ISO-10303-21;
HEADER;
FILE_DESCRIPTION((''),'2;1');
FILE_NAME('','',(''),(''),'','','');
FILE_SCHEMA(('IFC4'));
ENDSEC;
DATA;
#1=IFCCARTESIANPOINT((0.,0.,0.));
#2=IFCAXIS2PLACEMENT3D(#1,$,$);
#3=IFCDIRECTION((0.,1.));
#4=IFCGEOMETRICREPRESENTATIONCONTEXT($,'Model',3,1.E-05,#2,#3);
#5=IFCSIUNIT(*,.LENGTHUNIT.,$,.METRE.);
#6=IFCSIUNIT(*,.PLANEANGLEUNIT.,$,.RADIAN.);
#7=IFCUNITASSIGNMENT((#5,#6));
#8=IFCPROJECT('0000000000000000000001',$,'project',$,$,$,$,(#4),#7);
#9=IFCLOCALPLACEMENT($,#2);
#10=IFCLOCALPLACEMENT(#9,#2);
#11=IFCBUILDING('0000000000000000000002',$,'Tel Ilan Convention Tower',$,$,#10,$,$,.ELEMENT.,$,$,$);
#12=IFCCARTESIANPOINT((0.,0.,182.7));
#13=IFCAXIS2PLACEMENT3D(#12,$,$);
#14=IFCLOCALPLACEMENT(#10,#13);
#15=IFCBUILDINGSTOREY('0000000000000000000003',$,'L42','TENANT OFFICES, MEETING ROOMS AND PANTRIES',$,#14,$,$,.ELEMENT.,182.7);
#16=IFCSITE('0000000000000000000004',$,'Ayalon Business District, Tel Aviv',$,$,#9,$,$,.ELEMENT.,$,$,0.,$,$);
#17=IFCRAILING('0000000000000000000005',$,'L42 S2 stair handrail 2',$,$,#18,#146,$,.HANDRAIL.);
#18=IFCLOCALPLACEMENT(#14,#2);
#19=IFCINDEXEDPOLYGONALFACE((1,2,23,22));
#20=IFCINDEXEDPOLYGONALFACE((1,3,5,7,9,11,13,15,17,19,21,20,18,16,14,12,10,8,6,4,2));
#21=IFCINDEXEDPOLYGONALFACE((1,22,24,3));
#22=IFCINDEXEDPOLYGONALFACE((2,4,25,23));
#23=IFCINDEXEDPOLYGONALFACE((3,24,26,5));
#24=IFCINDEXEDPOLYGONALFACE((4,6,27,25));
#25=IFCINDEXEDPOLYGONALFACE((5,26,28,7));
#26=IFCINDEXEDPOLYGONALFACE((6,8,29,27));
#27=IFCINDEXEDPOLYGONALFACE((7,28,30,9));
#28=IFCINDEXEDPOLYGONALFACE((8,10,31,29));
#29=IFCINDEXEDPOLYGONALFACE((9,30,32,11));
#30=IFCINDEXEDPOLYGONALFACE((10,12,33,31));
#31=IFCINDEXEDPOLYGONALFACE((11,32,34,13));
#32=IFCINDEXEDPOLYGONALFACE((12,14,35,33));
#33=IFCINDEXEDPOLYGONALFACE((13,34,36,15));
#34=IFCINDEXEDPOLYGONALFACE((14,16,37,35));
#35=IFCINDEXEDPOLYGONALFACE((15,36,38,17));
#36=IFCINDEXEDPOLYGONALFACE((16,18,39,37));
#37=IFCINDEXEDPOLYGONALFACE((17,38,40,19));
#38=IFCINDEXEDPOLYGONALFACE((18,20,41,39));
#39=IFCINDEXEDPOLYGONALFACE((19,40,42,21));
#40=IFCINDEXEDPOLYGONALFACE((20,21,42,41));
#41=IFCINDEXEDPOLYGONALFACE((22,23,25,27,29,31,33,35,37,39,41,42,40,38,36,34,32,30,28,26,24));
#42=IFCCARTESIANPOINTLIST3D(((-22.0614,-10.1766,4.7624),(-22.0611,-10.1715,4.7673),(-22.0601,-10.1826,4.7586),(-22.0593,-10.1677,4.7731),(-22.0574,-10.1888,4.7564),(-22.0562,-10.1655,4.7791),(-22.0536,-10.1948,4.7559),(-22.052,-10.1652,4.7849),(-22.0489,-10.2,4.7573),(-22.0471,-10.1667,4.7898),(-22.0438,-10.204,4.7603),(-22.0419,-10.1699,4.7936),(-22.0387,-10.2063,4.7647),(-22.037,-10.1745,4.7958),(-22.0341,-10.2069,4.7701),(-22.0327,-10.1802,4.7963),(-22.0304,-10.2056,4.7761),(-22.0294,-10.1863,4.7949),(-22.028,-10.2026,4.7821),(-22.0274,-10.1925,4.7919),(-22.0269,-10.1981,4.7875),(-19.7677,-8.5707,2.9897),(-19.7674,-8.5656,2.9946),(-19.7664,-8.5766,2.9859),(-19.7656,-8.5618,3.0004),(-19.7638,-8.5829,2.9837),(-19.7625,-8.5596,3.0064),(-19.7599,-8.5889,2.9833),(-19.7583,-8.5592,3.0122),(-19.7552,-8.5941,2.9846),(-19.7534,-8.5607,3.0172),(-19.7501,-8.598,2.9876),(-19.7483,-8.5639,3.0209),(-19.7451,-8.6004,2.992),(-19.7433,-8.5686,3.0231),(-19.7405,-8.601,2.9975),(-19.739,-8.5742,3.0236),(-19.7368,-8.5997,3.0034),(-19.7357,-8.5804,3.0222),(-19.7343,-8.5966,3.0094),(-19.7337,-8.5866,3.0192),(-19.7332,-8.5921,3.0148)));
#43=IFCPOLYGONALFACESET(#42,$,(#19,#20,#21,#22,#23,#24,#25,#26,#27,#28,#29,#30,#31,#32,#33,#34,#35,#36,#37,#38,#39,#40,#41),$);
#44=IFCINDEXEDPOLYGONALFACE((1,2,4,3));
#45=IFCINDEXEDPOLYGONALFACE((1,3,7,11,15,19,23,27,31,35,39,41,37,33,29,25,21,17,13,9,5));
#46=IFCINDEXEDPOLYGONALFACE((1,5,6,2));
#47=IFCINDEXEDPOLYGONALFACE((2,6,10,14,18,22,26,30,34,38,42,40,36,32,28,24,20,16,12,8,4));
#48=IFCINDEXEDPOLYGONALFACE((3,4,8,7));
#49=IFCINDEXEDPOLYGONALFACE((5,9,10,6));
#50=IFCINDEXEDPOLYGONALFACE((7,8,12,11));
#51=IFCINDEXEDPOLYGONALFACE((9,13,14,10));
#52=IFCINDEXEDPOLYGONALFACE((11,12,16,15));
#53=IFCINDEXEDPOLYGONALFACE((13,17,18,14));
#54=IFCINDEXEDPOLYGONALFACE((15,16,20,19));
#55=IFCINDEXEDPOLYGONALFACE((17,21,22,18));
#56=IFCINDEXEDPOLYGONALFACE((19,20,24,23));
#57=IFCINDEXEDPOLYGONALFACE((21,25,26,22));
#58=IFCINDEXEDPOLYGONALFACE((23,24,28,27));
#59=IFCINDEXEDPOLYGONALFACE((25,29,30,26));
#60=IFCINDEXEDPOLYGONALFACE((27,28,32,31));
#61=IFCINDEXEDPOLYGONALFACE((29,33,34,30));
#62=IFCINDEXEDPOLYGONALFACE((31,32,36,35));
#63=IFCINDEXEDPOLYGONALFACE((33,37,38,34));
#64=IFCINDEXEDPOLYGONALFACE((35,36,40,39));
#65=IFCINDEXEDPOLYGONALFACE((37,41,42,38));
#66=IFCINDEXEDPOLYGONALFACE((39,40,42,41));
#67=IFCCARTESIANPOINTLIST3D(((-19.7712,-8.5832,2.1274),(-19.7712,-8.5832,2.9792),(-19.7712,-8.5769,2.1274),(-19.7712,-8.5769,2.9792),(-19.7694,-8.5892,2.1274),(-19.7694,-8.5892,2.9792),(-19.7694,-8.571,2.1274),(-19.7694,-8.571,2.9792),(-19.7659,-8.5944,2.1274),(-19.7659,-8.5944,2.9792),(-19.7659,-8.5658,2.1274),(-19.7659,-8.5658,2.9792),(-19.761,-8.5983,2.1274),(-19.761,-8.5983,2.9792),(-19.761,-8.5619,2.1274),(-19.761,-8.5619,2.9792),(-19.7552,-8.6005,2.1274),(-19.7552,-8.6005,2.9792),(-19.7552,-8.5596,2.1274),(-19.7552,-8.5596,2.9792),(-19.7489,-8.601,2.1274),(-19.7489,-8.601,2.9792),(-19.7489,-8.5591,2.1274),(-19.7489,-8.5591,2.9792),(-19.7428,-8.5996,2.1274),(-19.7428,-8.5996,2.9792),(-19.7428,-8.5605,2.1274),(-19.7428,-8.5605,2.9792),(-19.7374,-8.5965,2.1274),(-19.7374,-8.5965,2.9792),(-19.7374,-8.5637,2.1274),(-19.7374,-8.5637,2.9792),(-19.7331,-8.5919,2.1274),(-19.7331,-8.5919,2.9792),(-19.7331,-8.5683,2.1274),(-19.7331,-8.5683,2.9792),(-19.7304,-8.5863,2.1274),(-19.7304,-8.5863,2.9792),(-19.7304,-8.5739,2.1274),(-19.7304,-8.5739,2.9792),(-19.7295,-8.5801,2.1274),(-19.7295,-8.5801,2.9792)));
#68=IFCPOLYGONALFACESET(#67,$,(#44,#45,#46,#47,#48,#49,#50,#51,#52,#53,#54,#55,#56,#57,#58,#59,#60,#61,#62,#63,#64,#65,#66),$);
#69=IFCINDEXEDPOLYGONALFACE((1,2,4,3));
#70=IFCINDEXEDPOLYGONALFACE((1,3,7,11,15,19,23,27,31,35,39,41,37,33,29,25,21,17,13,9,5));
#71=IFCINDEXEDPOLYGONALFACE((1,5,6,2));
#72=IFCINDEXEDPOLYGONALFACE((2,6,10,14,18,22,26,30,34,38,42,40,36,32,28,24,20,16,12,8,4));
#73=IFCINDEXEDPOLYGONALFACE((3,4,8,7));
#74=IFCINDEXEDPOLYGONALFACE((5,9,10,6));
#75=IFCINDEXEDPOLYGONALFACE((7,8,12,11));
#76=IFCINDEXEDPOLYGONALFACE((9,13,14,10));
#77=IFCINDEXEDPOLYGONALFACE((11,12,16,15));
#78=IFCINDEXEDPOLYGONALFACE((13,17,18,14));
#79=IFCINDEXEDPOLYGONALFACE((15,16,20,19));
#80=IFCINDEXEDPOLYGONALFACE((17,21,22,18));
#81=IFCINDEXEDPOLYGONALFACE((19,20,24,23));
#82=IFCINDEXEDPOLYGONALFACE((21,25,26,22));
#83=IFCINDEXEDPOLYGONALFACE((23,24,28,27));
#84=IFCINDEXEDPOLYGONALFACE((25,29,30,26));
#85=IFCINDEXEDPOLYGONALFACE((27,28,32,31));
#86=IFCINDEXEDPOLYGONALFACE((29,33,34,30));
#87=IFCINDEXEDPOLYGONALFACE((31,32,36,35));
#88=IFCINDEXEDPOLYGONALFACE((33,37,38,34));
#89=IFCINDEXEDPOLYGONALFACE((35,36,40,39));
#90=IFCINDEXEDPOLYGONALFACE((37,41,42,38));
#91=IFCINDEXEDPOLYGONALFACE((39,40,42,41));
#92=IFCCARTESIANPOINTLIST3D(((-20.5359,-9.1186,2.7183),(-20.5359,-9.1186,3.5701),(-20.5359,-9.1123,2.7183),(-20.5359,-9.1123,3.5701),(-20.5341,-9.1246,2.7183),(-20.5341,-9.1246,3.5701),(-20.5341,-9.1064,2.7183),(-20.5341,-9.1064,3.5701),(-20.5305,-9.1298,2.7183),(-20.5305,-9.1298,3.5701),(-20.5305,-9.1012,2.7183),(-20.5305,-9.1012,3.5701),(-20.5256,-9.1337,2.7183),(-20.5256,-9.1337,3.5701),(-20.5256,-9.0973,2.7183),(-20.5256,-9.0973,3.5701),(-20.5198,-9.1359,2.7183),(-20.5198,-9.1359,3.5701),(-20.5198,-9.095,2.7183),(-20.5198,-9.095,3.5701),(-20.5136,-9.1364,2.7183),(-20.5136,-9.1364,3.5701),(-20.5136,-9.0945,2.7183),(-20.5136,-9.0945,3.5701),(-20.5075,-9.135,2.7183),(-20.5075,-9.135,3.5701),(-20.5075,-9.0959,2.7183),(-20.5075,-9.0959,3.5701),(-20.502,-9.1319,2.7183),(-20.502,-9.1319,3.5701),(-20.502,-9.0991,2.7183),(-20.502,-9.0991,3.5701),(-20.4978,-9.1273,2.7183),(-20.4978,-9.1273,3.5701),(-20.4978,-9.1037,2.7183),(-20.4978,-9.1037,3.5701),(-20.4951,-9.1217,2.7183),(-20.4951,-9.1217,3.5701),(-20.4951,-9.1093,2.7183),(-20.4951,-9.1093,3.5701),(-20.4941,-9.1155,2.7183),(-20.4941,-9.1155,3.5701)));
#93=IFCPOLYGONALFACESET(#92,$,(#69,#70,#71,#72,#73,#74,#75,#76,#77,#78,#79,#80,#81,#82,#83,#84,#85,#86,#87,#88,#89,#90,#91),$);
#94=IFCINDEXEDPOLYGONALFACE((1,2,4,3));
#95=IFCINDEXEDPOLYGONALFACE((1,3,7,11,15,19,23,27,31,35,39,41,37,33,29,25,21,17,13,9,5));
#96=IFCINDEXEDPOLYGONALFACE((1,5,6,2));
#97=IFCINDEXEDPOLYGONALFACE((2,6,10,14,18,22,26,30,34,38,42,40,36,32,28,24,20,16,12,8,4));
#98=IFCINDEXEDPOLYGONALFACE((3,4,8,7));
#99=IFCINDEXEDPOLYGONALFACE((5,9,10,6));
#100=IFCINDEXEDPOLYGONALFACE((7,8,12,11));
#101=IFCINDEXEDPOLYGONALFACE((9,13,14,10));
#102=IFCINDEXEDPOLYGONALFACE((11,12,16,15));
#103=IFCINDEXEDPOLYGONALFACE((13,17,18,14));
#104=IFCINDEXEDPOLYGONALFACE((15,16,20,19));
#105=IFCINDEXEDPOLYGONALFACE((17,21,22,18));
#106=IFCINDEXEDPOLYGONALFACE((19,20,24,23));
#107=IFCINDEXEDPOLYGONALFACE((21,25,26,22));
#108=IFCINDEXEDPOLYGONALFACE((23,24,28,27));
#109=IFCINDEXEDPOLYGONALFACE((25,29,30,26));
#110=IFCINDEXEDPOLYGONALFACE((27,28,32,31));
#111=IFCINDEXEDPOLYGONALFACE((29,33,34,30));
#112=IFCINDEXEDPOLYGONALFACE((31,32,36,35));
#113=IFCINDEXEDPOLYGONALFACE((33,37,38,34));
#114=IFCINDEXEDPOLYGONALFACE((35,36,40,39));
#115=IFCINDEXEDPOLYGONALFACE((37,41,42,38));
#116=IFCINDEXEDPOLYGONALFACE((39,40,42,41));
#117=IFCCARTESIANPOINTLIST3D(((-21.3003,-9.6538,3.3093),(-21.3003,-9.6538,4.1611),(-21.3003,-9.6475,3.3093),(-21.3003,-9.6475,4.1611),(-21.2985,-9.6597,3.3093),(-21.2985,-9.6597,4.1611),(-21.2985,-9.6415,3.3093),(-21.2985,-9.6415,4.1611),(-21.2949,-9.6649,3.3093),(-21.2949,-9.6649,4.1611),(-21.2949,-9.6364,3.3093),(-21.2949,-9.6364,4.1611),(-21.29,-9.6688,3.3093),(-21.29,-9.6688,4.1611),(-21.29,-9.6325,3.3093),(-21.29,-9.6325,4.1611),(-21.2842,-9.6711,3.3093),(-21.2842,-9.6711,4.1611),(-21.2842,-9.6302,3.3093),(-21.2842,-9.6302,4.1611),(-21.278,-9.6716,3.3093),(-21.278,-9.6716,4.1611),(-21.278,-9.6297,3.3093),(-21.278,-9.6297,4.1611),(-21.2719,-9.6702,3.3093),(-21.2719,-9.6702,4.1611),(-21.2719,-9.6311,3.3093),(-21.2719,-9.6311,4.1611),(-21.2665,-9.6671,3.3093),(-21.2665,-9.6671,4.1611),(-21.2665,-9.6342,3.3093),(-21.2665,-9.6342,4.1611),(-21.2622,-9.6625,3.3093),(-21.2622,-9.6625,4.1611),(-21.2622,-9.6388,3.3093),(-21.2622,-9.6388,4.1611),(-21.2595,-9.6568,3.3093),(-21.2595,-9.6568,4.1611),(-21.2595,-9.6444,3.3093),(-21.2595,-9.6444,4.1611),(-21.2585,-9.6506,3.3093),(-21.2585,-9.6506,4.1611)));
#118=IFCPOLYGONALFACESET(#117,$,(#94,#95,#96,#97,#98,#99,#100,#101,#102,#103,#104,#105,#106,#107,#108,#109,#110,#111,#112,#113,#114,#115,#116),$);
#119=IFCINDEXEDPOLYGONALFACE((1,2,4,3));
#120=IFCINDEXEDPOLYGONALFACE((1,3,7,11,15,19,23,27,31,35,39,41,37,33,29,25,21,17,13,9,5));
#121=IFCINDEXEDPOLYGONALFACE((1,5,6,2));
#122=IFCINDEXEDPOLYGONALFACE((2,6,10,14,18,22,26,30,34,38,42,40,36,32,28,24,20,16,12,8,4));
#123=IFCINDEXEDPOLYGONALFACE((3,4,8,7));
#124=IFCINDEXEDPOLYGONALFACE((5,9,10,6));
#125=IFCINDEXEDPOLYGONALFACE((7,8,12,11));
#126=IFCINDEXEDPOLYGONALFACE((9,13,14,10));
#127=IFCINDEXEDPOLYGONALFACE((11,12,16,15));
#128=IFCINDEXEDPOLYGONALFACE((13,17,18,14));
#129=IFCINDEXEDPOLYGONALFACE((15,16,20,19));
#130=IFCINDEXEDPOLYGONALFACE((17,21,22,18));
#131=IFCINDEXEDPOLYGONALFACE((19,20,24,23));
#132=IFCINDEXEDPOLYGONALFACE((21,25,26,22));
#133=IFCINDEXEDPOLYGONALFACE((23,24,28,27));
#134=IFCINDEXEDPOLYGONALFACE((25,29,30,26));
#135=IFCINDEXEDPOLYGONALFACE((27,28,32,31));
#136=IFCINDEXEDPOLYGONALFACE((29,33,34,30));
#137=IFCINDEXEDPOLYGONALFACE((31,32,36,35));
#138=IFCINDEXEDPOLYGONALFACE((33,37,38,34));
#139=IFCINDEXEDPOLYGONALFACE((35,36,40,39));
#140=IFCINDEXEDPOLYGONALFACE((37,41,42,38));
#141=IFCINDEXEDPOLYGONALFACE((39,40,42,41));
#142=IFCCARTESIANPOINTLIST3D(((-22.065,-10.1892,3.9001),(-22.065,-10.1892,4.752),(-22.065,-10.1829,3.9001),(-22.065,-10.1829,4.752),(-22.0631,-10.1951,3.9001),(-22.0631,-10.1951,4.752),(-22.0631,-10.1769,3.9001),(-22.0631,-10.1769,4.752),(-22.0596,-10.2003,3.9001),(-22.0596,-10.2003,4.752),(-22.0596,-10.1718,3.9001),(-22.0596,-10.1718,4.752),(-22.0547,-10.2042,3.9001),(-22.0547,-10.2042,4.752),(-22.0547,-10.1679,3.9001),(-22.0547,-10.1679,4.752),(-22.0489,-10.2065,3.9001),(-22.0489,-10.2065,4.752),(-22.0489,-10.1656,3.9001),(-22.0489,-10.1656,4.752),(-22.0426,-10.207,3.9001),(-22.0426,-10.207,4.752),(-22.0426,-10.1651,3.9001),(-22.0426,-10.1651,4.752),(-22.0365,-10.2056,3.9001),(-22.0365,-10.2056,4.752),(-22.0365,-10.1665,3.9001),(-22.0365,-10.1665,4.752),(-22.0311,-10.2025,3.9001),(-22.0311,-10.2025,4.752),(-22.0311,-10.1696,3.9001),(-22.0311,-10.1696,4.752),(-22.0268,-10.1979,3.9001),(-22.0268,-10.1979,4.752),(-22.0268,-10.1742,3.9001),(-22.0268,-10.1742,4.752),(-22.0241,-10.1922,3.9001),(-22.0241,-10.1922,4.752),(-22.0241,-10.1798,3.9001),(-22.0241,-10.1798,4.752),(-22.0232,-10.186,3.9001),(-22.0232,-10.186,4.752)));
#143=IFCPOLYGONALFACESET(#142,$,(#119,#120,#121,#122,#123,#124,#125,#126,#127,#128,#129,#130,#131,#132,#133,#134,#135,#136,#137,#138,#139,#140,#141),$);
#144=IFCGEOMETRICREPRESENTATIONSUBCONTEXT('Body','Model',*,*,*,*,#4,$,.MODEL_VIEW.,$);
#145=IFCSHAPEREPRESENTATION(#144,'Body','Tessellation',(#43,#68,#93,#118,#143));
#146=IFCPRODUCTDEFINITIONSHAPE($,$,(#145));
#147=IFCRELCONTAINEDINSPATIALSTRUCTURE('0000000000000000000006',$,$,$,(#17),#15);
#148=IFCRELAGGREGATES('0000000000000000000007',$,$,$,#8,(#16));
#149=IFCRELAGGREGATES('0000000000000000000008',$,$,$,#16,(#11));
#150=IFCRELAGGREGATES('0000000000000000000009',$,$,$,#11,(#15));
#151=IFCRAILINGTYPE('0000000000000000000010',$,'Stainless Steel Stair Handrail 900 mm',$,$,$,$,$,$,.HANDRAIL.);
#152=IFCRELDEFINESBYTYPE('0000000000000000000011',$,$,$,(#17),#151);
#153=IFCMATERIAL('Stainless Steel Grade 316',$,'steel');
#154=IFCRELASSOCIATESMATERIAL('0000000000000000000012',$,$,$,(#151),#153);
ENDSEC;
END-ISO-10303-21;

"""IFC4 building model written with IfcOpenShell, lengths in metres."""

from ifc_helpers import new_model, si_unit, direction, frame, origin, origin_2d, place, context, subcontext, project, spatial, circle, extrude, material, type_object, element, save


model = new_model("IFC4")

# Units and contexts
model_context = context("Model", 3, precision=1e-05, world=origin(), true_north=direction((0.0, 1.0)))
body_context = subcontext(model_context, "Body", "Model", "MODEL_VIEW")
ifc_project = project(units=[si_unit("LENGTHUNIT", "METRE"), si_unit("PLANEANGLEUNIT", "RADIAN")], contexts=[model_context])

# Site, building, storey
site_placement = place(None, origin())
site = spatial("IfcSite", under=ifc_project, at=site_placement, Name="Ayalon Business District, Tel Aviv", CompositionType="ELEMENT", RefElevation=0.0)
building_placement = place(site_placement, origin())
building = spatial("IfcBuilding", under=site, at=building_placement, Name="Tel Ilan Convention Tower", CompositionType="ELEMENT")
storey_placement = place(building_placement, frame((0.0, 0.0, 182.7)))
storey = spatial("IfcBuildingStorey", under=building, at=storey_placement, Name="L42", Description="TENANT OFFICES, MEETING ROOMS AND PANTRIES", CompositionType="ELEMENT", Elevation=182.7)

# Railing
ifc_material_1 = material(Name="Stainless Steel Grade 316", Category="steel")
railing_type_1 = type_object("IfcRailingType", Name="Stainless Steel Stair Handrail 900 mm", PredefinedType="HANDRAIL", material=ifc_material_1)
railing_1_placement = place(storey_placement, frame((-19.7505, -8.5801, 2.1274)))
element("IfcRailing", 1, at=railing_1_placement, inside=storey, type_object=railing_type_1, Name="L42 S2 stair handrail 2", PredefinedType="HANDRAIL", context=body_context, shape_type="SweptSolid", body=[
    extrude(circle(Radius=0.0239, at=origin_2d()), frame((0.0, 0.0, 0.876), z_axis=(-0.692123, -0.484597, 0.534913), x_axis=(0.57355, -0.81917, 0.0)), (0.0, 0.0, 1.0), 3.314),
    extrude(circle(Radius=0.021, at=origin_2d()), origin(), (0.0, 0.0, 1.0), 0.8518),
    extrude(circle(Radius=0.021, at=origin_2d()), frame((-0.7646, -0.5354, 0.5908)), (0.0, 0.0, 1.0), 0.8518),
    extrude(circle(Radius=0.021, at=origin_2d()), frame((-1.5291, -1.0706, 1.1819)), (0.0, 0.0, 1.0), 0.8518),
    extrude(circle(Radius=0.021, at=origin_2d()), frame((-2.2937, -1.606, 1.7727)), (0.0, 0.0, 1.0), 0.8518),
])

save(model, "model.ifc")
